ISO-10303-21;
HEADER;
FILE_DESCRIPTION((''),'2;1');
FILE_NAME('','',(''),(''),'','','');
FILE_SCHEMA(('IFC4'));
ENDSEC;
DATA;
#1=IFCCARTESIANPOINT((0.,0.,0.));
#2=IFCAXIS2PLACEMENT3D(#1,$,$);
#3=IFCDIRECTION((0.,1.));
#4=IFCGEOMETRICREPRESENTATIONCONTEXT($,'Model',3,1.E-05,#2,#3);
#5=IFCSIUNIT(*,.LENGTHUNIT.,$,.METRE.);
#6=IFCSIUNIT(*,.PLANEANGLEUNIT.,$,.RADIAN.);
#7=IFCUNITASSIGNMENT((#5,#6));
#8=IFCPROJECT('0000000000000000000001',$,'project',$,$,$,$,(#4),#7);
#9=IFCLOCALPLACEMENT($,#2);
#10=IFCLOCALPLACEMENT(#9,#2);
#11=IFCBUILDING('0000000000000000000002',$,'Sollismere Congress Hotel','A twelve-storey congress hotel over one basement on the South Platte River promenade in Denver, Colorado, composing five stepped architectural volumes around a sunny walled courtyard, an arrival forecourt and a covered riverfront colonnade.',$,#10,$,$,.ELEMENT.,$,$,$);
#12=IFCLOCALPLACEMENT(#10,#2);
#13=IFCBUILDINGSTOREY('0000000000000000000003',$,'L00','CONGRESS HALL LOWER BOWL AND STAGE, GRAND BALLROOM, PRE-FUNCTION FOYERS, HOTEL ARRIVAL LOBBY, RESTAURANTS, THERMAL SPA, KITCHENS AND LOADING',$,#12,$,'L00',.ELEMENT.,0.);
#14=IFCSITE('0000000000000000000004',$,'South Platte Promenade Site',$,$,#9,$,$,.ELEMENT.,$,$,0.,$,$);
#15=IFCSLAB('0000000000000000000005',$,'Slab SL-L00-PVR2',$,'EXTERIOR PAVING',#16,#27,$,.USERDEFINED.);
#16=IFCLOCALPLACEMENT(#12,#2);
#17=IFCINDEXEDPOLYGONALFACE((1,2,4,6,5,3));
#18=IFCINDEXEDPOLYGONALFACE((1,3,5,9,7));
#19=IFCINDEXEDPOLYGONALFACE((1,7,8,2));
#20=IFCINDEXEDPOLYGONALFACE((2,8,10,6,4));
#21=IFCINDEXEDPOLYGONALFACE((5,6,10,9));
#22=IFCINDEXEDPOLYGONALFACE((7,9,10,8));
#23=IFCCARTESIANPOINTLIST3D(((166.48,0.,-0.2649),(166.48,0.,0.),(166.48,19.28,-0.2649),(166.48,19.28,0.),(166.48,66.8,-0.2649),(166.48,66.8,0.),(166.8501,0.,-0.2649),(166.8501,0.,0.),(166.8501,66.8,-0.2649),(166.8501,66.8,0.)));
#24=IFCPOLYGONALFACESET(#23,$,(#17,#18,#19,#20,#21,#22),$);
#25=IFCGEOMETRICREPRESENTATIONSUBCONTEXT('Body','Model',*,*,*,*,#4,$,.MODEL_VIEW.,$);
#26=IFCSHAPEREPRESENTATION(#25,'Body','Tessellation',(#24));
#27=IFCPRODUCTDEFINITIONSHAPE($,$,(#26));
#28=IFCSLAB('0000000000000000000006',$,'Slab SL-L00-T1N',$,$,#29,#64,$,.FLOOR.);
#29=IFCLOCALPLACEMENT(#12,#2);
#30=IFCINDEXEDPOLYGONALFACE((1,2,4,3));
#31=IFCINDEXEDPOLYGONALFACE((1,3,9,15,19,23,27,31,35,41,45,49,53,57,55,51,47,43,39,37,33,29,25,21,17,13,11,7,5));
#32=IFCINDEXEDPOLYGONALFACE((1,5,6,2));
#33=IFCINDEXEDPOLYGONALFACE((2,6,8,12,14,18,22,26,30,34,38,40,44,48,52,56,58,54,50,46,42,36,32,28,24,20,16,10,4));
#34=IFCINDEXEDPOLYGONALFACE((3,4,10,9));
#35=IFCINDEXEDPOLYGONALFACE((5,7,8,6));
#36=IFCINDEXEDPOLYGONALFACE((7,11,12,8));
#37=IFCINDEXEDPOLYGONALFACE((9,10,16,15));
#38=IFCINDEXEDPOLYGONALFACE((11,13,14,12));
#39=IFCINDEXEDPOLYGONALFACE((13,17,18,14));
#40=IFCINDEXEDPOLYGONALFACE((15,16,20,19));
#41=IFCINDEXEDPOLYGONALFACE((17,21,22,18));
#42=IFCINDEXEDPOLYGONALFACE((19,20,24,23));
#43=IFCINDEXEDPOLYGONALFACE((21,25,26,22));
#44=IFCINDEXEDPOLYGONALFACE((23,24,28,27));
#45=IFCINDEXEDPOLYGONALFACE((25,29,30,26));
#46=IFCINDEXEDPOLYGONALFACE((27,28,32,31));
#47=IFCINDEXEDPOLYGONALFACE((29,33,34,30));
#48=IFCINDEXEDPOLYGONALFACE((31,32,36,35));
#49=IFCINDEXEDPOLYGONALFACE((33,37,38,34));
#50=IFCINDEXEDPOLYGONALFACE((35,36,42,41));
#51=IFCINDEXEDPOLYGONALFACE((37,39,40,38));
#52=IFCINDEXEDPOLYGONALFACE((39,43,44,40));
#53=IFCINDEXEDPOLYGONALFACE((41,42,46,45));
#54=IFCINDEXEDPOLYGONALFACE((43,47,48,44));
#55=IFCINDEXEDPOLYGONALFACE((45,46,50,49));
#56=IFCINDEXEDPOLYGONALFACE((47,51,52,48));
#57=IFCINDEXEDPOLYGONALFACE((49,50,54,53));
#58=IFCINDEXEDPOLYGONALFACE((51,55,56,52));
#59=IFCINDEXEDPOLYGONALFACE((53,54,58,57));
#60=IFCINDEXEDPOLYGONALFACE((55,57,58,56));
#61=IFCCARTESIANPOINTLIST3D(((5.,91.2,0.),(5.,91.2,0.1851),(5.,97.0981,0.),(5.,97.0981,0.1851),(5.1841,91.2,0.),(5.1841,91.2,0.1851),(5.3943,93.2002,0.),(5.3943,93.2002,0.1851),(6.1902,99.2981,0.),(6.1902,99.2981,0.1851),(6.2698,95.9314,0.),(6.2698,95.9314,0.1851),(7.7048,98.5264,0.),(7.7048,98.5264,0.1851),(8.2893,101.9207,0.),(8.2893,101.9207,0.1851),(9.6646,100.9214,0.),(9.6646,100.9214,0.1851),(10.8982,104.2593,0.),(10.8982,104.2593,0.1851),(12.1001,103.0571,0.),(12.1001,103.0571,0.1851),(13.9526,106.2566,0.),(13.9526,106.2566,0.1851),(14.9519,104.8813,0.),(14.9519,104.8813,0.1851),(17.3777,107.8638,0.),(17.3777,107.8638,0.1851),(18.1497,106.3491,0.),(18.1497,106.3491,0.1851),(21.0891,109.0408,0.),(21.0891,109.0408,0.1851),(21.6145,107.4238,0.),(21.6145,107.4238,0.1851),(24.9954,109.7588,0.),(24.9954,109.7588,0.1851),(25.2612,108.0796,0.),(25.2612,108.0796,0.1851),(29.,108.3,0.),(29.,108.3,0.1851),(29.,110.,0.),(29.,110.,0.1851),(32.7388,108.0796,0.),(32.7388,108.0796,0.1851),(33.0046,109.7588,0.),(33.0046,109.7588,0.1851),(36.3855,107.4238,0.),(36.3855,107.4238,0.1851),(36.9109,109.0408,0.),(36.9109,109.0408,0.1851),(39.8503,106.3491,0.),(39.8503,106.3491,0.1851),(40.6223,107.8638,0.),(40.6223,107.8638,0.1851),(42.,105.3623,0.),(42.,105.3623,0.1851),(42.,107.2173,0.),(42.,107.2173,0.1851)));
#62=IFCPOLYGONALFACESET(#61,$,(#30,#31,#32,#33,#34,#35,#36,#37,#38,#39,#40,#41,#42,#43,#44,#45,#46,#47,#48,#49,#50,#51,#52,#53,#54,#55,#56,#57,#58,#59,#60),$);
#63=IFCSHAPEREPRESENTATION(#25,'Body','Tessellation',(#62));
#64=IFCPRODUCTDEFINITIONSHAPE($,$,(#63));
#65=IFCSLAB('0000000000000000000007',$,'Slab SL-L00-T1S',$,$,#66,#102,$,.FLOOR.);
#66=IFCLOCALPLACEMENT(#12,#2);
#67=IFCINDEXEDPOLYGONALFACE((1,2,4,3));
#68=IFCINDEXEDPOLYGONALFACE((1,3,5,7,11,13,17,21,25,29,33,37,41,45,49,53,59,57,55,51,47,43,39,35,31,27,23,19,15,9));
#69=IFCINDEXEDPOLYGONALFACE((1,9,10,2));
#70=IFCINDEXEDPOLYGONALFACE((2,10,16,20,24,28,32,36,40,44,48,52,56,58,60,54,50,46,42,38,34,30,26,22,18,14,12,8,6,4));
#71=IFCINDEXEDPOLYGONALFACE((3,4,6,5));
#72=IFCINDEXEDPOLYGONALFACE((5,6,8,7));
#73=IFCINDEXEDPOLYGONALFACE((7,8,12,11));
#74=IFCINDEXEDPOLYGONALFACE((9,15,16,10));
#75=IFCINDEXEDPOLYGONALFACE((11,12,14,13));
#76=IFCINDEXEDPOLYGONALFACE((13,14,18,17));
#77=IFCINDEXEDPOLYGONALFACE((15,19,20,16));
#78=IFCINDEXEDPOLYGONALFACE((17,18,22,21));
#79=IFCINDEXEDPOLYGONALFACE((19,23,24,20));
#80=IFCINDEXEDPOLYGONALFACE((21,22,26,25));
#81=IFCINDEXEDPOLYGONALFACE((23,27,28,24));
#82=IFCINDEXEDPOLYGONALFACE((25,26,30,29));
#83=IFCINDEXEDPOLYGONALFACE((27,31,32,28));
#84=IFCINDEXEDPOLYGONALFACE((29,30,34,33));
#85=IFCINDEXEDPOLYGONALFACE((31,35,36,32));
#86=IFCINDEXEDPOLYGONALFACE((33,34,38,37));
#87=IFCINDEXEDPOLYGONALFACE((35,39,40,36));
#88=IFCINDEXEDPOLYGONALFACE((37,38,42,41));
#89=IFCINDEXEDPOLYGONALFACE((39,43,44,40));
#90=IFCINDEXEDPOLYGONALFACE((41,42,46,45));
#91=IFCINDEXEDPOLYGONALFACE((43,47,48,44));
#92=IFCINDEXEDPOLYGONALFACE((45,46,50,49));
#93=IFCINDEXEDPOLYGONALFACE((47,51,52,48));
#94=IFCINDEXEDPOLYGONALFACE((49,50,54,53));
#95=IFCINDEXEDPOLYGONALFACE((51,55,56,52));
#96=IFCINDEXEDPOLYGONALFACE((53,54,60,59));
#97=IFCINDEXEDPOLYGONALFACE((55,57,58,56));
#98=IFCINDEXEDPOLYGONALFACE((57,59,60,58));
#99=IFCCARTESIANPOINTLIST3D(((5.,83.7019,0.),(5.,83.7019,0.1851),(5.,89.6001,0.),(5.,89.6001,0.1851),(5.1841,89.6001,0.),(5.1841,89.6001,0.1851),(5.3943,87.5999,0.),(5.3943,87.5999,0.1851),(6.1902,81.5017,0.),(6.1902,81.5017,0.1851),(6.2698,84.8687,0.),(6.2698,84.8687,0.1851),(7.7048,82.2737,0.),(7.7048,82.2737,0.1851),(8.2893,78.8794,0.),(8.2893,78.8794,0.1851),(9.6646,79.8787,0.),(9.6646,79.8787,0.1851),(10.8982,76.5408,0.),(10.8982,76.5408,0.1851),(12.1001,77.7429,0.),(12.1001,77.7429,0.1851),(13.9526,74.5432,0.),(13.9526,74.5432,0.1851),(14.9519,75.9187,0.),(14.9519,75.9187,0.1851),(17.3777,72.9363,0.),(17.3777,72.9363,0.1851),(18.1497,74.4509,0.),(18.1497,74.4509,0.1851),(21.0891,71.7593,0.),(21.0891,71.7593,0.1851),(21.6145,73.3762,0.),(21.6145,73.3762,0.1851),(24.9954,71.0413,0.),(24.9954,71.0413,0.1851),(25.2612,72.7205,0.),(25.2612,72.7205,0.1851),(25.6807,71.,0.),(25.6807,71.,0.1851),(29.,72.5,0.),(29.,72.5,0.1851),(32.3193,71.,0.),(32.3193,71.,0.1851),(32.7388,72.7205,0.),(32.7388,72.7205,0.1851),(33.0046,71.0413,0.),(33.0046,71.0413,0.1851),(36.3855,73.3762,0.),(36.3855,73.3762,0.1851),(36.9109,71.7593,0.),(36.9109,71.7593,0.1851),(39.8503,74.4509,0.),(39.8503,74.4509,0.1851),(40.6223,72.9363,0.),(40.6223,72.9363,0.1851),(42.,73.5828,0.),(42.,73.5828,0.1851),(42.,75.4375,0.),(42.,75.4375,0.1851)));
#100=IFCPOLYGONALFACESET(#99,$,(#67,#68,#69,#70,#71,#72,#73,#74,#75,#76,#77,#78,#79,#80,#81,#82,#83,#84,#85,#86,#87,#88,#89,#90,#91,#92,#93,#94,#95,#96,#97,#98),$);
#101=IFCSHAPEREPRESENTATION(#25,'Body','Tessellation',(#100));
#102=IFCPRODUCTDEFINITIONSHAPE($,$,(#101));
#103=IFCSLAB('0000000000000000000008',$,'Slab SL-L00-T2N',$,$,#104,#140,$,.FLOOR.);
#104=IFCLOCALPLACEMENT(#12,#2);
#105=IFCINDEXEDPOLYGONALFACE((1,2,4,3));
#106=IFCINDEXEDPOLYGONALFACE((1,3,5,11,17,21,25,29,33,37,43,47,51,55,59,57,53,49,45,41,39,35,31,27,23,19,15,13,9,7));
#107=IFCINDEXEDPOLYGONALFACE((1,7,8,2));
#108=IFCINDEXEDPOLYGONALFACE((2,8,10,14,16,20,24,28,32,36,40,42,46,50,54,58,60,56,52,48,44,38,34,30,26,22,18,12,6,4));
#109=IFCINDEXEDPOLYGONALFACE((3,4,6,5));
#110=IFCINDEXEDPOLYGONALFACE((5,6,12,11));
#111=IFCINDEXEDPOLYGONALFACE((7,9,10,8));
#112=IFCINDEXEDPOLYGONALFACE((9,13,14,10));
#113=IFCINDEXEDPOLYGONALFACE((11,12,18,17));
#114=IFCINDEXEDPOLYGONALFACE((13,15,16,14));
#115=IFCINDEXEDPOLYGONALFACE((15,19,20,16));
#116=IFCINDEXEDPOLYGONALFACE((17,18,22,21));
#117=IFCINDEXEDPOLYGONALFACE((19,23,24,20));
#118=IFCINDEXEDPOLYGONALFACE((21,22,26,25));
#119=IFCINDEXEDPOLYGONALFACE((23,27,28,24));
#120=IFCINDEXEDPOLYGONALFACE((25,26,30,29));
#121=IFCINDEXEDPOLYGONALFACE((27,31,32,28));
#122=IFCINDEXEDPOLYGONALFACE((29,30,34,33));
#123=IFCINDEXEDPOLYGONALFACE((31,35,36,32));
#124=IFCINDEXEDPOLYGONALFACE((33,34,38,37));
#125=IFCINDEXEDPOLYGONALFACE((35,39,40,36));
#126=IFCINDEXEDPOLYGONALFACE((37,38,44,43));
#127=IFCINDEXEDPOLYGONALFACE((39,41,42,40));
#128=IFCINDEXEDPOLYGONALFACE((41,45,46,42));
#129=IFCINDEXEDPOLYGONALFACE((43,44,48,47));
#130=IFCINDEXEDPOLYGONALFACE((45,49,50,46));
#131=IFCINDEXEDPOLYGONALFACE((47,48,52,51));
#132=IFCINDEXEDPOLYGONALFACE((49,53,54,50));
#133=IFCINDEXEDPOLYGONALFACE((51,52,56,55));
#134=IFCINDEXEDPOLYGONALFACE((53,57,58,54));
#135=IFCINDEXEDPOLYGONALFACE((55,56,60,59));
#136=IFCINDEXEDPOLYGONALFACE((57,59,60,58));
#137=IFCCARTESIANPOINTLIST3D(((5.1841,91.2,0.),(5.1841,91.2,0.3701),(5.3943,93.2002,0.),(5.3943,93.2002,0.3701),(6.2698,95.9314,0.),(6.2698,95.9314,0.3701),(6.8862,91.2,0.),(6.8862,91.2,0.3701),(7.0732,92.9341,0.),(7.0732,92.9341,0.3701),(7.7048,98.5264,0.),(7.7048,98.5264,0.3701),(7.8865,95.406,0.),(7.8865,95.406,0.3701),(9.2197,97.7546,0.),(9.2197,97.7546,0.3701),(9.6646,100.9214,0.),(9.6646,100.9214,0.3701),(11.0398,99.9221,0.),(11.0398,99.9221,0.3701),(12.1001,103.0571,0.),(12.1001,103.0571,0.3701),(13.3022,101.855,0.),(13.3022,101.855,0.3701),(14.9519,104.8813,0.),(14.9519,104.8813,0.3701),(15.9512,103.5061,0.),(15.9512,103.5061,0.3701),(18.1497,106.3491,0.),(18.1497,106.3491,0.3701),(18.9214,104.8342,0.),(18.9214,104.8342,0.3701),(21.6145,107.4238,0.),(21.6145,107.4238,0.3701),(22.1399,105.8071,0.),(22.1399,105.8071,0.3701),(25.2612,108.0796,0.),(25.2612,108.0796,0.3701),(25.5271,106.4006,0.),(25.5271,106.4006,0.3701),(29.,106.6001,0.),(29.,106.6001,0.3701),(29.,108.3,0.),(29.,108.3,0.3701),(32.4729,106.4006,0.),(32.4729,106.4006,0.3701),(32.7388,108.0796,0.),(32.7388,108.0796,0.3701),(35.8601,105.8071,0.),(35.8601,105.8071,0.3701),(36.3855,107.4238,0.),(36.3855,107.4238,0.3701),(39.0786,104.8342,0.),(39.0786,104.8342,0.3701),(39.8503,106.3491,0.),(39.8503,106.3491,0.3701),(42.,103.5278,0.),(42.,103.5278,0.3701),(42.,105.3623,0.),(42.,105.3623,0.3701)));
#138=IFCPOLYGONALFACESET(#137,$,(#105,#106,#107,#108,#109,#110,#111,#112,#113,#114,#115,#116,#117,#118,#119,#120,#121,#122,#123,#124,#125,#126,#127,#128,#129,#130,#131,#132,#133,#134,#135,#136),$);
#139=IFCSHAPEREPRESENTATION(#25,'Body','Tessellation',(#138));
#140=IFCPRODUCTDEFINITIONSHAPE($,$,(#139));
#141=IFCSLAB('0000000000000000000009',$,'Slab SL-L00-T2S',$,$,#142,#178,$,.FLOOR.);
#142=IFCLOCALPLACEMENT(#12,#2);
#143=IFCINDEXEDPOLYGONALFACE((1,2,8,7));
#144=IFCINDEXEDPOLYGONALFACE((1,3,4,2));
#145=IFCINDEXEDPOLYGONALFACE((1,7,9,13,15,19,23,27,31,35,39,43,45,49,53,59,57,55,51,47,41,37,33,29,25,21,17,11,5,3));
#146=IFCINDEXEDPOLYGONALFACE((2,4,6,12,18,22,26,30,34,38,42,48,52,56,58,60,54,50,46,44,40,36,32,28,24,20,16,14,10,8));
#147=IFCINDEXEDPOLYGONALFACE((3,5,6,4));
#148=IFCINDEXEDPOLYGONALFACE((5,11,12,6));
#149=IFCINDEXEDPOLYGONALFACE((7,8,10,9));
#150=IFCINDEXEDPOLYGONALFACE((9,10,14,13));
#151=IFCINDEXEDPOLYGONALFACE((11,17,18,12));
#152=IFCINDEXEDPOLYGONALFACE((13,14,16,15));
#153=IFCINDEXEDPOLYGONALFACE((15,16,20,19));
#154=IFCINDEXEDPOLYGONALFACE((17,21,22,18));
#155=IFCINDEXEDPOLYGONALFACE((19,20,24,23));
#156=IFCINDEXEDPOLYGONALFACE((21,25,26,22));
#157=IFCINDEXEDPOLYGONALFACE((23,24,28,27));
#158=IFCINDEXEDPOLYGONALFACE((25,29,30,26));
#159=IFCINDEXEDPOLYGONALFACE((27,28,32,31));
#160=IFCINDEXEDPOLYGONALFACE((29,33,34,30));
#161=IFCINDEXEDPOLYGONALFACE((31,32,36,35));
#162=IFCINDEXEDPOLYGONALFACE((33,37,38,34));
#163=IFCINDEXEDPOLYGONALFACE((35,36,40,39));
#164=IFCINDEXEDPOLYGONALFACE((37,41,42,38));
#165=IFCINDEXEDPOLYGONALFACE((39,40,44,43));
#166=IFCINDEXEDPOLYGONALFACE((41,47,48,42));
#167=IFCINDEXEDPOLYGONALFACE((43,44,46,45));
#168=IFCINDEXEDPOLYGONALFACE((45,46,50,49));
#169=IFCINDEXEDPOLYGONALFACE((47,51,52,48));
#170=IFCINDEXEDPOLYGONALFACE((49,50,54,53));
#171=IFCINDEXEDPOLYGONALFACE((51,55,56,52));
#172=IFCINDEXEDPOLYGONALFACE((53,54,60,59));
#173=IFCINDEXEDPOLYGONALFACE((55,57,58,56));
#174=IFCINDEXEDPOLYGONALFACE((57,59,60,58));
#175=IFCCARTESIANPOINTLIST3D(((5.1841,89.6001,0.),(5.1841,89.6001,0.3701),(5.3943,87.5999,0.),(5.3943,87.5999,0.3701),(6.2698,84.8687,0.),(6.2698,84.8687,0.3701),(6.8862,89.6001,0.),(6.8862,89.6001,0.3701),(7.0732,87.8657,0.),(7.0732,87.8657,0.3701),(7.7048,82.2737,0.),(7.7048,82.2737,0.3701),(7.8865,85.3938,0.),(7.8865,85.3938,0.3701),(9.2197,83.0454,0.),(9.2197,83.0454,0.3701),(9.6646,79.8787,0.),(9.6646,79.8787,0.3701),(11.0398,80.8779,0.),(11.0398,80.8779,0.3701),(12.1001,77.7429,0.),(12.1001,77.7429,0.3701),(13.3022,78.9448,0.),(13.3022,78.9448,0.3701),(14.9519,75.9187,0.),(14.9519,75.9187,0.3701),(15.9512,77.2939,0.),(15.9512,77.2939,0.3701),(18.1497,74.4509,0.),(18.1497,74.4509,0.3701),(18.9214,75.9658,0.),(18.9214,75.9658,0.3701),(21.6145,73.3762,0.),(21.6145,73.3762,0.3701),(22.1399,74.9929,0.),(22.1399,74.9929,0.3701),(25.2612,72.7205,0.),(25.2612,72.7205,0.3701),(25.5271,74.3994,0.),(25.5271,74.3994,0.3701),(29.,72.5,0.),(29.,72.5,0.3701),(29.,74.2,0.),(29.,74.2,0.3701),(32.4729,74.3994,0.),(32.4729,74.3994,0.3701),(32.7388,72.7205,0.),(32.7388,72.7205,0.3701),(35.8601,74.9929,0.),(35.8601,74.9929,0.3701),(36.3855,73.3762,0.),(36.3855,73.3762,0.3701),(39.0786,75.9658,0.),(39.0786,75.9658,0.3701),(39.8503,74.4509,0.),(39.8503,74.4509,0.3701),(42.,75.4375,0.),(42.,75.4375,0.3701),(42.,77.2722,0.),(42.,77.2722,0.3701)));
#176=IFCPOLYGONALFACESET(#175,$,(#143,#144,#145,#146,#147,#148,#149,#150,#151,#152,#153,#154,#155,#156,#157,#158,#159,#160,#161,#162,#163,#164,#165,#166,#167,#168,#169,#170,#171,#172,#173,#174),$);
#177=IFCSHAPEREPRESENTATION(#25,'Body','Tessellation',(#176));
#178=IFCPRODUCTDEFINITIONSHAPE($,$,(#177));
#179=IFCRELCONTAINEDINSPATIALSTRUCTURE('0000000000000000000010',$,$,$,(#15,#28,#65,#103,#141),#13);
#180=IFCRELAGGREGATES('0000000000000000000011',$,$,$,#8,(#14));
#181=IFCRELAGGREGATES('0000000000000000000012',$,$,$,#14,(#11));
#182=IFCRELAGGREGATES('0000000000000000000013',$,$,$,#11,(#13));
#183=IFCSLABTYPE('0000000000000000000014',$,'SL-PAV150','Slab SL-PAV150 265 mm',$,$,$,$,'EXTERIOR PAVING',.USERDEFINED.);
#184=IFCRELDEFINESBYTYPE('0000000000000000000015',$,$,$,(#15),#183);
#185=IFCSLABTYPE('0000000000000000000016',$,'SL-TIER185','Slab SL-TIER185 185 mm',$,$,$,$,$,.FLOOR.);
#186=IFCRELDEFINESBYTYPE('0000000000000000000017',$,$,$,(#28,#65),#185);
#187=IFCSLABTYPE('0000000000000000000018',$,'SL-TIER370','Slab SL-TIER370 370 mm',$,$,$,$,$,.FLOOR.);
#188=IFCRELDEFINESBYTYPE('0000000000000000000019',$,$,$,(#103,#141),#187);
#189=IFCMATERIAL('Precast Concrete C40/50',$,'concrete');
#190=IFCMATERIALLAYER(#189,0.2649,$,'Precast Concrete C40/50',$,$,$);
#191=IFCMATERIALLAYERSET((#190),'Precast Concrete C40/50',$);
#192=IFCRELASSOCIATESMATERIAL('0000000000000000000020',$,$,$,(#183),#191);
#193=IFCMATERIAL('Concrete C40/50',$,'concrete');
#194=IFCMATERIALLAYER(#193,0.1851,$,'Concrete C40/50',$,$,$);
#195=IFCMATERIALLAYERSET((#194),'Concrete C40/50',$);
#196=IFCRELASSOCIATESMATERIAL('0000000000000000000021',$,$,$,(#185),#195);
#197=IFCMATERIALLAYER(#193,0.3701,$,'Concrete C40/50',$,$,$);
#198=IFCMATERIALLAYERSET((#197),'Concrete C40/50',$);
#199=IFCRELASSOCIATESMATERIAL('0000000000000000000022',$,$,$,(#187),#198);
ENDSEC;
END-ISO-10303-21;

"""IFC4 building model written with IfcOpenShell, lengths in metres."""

from ifc_helpers import new_model, si_unit, direction, frame, origin, place, context, subcontext, project, spatial, polyline, outline, extrude, material, layer, layer_set, type_object, element, save


model = new_model("IFC4")

# Units and contexts
model_context = context("Model", 3, precision=1e-05, world=origin(), true_north=direction((0.0, 1.0)))
body_context = subcontext(model_context, "Body", "Model", "MODEL_VIEW")
ifc_project = project(units=[si_unit("LENGTHUNIT", "METRE"), si_unit("PLANEANGLEUNIT", "RADIAN")], contexts=[model_context])

# Site, building, storey
site_placement = place(None, origin())
site = spatial("IfcSite", under=ifc_project, at=site_placement, Name="South Platte Promenade Site", CompositionType="ELEMENT", RefElevation=0.0)
building_placement = place(site_placement, origin())
building = spatial("IfcBuilding", under=site, at=building_placement, Name="Sollismere Congress Hotel", Description="A twelve-storey congress hotel over one basement on the South Platte River promenade in Denver, Colorado, composing five stepped architectural volumes around a sunny walled courtyard, an arrival forecourt and a covered riverfront colonnade.", CompositionType="ELEMENT")
storey_placement = place(building_placement, origin())
storey = spatial("IfcBuildingStorey", under=building, at=storey_placement, Name="L00", Description="CONGRESS HALL LOWER BOWL AND STAGE, GRAND BALLROOM, PRE-FUNCTION FOYERS, HOTEL ARRIVAL LOBBY, RESTAURANTS, THERMAL SPA, KITCHENS AND LOADING", LongName="L00", CompositionType="ELEMENT", Elevation=0.0)

# Slabs
ifc_material_1 = material(Name="Concrete C40/50", Category="concrete")
ifc_material_2 = material(Name="Precast Concrete C40/50", Category="concrete")
ifc_layer_1 = layer(ifc_material_2, 0.2649, Name="Precast Concrete C40/50")
ifc_layer_set_1 = layer_set([ifc_layer_1], Name="Precast Concrete C40/50")
slab_type_1 = type_object("IfcSlabType", Name="SL-PAV150", Description="Slab SL-PAV150 265 mm", ElementType="EXTERIOR PAVING", PredefinedType="USERDEFINED", material=ifc_layer_set_1)
slab_1_placement = place(storey_placement, frame((0.0, 0.0, -0.2649)))
element("IfcSlab", 1, at=slab_1_placement, inside=storey, type_object=slab_type_1, Name="Slab SL-L00-PVR2", ObjectType="EXTERIOR PAVING", PredefinedType="USERDEFINED", context=body_context, shape_type="SweptSolid", body=[
    extrude(outline(polyline([(166.48, 66.8), (166.48, 19.28), (166.48, 0.0), (166.8501, 0.0), (166.8501, 66.8), (166.48, 66.8)])), origin(), (0.0, 0.0, 1.0), 0.2649),
])
ifc_layer_2 = layer(ifc_material_1, 0.1851, Name="Concrete C40/50")
ifc_layer_set_2 = layer_set([ifc_layer_2], Name="Concrete C40/50")
slab_type_2 = type_object("IfcSlabType", Name="SL-TIER185", Description="Slab SL-TIER185 185 mm", PredefinedType="FLOOR", material=ifc_layer_set_2)
slab_2_placement = place(storey_placement, origin())
element("IfcSlab", 2, at=slab_2_placement, inside=storey, type_object=slab_type_2, Name="Slab SL-L00-T1N", PredefinedType="FLOOR", context=body_context, shape_type="SweptSolid", body=[
    extrude(outline(polyline([(5.0, 97.0981), (5.0, 91.2), (5.1841, 91.2), (5.3943, 93.2002), (6.2698, 95.9314), (7.7048, 98.5264), (9.6646, 100.9214), (12.1001, 103.0571), (14.9519, 104.8813), (18.1497, 106.3491), (21.6145, 107.4238), (25.2612, 108.0796), (29.0, 108.3), (32.7388, 108.0796), (36.3855, 107.4238), (39.8503, 106.3491), (42.0, 105.3623), (42.0, 107.2173), (40.6223, 107.8638), (36.9109, 109.0408), (33.0046, 109.7588), (29.0, 110.0), (24.9954, 109.7588), (21.0891, 109.0408), (17.3777, 107.8638), (13.9526, 106.2566), (10.8982, 104.2593), (8.2893, 101.9207), (6.1902, 99.2981), (5.0, 97.0981)])), origin(), (0.0, 0.0, 1.0), 0.1851),
])
slab_3_placement = place(storey_placement, origin())
element("IfcSlab", 3, at=slab_3_placement, inside=storey, type_object=slab_type_2, Name="Slab SL-L00-T1S", PredefinedType="FLOOR", context=body_context, shape_type="SweptSolid", body=[
    extrude(outline(polyline([(42.0, 73.5828), (42.0, 75.4375), (39.8503, 74.4509), (36.3855, 73.3762), (32.7388, 72.7205), (29.0, 72.5), (25.2612, 72.7205), (21.6145, 73.3762), (18.1497, 74.4509), (14.9519, 75.9187), (12.1001, 77.7429), (9.6646, 79.8787), (7.7048, 82.2737), (6.2698, 84.8687), (5.3943, 87.5999), (5.1841, 89.6001), (5.0, 89.6001), (5.0, 83.7019), (6.1902, 81.5017), (8.2893, 78.8794), (10.8982, 76.5408), (13.9526, 74.5432), (17.3777, 72.9363), (21.0891, 71.7593), (24.9954, 71.0413), (25.6807, 71.0), (32.3193, 71.0), (33.0046, 71.0413), (36.9109, 71.7593), (40.6223, 72.9363), (42.0, 73.5828)])), origin(), (0.0, 0.0, 1.0), 0.1851),
])
ifc_layer_3 = layer(ifc_material_1, 0.3701, Name="Concrete C40/50")
ifc_layer_set_3 = layer_set([ifc_layer_3], Name="Concrete C40/50")
slab_type_3 = type_object("IfcSlabType", Name="SL-TIER370", Description="Slab SL-TIER370 370 mm", PredefinedType="FLOOR", material=ifc_layer_set_3)
slab_4_placement = place(storey_placement, origin())
element("IfcSlab", 4, at=slab_4_placement, inside=storey, type_object=slab_type_3, Name="Slab SL-L00-T2N", PredefinedType="FLOOR", context=body_context, shape_type="SweptSolid", body=[
    extrude(outline(polyline([(5.1841, 91.2), (6.8862, 91.2), (7.0732, 92.9341), (7.8865, 95.406), (9.2197, 97.7546), (11.0398, 99.9221), (13.3022, 101.855), (15.9512, 103.5061), (18.9214, 104.8342), (22.1399, 105.8071), (25.5271, 106.4006), (29.0, 106.6001), (32.4729, 106.4006), (35.8601, 105.8071), (39.0786, 104.8342), (42.0, 103.5278), (42.0, 105.3623), (39.8503, 106.3491), (36.3855, 107.4238), (32.7388, 108.0796), (29.0, 108.3), (25.2612, 108.0796), (21.6145, 107.4238), (18.1497, 106.3491), (14.9519, 104.8813), (12.1001, 103.0571), (9.6646, 100.9214), (7.7048, 98.5264), (6.2698, 95.9314), (5.3943, 93.2002), (5.1841, 91.2)])), origin(), (0.0, 0.0, 1.0), 0.3701),
])
slab_5_placement = place(storey_placement, origin())
element("IfcSlab", 5, at=slab_5_placement, inside=storey, type_object=slab_type_3, Name="Slab SL-L00-T2S", PredefinedType="FLOOR", context=body_context, shape_type="SweptSolid", body=[
    extrude(outline(polyline([(42.0, 75.4375), (42.0, 77.2722), (39.0786, 75.9658), (35.8601, 74.9929), (32.4729, 74.3994), (29.0, 74.2), (25.5271, 74.3994), (22.1399, 74.9929), (18.9214, 75.9658), (15.9512, 77.2939), (13.3022, 78.9448), (11.0398, 80.8779), (9.2197, 83.0454), (7.8865, 85.3938), (7.0732, 87.8657), (6.8862, 89.6001), (5.1841, 89.6001), (5.3943, 87.5999), (6.2698, 84.8687), (7.7048, 82.2737), (9.6646, 79.8787), (12.1001, 77.7429), (14.9519, 75.9187), (18.1497, 74.4509), (21.6145, 73.3762), (25.2612, 72.7205), (29.0, 72.5), (32.7388, 72.7205), (36.3855, 73.3762), (39.8503, 74.4509), (42.0, 75.4375)])), origin(), (0.0, 0.0, 1.0), 0.3701),
])

save(model, "model.ifc")
